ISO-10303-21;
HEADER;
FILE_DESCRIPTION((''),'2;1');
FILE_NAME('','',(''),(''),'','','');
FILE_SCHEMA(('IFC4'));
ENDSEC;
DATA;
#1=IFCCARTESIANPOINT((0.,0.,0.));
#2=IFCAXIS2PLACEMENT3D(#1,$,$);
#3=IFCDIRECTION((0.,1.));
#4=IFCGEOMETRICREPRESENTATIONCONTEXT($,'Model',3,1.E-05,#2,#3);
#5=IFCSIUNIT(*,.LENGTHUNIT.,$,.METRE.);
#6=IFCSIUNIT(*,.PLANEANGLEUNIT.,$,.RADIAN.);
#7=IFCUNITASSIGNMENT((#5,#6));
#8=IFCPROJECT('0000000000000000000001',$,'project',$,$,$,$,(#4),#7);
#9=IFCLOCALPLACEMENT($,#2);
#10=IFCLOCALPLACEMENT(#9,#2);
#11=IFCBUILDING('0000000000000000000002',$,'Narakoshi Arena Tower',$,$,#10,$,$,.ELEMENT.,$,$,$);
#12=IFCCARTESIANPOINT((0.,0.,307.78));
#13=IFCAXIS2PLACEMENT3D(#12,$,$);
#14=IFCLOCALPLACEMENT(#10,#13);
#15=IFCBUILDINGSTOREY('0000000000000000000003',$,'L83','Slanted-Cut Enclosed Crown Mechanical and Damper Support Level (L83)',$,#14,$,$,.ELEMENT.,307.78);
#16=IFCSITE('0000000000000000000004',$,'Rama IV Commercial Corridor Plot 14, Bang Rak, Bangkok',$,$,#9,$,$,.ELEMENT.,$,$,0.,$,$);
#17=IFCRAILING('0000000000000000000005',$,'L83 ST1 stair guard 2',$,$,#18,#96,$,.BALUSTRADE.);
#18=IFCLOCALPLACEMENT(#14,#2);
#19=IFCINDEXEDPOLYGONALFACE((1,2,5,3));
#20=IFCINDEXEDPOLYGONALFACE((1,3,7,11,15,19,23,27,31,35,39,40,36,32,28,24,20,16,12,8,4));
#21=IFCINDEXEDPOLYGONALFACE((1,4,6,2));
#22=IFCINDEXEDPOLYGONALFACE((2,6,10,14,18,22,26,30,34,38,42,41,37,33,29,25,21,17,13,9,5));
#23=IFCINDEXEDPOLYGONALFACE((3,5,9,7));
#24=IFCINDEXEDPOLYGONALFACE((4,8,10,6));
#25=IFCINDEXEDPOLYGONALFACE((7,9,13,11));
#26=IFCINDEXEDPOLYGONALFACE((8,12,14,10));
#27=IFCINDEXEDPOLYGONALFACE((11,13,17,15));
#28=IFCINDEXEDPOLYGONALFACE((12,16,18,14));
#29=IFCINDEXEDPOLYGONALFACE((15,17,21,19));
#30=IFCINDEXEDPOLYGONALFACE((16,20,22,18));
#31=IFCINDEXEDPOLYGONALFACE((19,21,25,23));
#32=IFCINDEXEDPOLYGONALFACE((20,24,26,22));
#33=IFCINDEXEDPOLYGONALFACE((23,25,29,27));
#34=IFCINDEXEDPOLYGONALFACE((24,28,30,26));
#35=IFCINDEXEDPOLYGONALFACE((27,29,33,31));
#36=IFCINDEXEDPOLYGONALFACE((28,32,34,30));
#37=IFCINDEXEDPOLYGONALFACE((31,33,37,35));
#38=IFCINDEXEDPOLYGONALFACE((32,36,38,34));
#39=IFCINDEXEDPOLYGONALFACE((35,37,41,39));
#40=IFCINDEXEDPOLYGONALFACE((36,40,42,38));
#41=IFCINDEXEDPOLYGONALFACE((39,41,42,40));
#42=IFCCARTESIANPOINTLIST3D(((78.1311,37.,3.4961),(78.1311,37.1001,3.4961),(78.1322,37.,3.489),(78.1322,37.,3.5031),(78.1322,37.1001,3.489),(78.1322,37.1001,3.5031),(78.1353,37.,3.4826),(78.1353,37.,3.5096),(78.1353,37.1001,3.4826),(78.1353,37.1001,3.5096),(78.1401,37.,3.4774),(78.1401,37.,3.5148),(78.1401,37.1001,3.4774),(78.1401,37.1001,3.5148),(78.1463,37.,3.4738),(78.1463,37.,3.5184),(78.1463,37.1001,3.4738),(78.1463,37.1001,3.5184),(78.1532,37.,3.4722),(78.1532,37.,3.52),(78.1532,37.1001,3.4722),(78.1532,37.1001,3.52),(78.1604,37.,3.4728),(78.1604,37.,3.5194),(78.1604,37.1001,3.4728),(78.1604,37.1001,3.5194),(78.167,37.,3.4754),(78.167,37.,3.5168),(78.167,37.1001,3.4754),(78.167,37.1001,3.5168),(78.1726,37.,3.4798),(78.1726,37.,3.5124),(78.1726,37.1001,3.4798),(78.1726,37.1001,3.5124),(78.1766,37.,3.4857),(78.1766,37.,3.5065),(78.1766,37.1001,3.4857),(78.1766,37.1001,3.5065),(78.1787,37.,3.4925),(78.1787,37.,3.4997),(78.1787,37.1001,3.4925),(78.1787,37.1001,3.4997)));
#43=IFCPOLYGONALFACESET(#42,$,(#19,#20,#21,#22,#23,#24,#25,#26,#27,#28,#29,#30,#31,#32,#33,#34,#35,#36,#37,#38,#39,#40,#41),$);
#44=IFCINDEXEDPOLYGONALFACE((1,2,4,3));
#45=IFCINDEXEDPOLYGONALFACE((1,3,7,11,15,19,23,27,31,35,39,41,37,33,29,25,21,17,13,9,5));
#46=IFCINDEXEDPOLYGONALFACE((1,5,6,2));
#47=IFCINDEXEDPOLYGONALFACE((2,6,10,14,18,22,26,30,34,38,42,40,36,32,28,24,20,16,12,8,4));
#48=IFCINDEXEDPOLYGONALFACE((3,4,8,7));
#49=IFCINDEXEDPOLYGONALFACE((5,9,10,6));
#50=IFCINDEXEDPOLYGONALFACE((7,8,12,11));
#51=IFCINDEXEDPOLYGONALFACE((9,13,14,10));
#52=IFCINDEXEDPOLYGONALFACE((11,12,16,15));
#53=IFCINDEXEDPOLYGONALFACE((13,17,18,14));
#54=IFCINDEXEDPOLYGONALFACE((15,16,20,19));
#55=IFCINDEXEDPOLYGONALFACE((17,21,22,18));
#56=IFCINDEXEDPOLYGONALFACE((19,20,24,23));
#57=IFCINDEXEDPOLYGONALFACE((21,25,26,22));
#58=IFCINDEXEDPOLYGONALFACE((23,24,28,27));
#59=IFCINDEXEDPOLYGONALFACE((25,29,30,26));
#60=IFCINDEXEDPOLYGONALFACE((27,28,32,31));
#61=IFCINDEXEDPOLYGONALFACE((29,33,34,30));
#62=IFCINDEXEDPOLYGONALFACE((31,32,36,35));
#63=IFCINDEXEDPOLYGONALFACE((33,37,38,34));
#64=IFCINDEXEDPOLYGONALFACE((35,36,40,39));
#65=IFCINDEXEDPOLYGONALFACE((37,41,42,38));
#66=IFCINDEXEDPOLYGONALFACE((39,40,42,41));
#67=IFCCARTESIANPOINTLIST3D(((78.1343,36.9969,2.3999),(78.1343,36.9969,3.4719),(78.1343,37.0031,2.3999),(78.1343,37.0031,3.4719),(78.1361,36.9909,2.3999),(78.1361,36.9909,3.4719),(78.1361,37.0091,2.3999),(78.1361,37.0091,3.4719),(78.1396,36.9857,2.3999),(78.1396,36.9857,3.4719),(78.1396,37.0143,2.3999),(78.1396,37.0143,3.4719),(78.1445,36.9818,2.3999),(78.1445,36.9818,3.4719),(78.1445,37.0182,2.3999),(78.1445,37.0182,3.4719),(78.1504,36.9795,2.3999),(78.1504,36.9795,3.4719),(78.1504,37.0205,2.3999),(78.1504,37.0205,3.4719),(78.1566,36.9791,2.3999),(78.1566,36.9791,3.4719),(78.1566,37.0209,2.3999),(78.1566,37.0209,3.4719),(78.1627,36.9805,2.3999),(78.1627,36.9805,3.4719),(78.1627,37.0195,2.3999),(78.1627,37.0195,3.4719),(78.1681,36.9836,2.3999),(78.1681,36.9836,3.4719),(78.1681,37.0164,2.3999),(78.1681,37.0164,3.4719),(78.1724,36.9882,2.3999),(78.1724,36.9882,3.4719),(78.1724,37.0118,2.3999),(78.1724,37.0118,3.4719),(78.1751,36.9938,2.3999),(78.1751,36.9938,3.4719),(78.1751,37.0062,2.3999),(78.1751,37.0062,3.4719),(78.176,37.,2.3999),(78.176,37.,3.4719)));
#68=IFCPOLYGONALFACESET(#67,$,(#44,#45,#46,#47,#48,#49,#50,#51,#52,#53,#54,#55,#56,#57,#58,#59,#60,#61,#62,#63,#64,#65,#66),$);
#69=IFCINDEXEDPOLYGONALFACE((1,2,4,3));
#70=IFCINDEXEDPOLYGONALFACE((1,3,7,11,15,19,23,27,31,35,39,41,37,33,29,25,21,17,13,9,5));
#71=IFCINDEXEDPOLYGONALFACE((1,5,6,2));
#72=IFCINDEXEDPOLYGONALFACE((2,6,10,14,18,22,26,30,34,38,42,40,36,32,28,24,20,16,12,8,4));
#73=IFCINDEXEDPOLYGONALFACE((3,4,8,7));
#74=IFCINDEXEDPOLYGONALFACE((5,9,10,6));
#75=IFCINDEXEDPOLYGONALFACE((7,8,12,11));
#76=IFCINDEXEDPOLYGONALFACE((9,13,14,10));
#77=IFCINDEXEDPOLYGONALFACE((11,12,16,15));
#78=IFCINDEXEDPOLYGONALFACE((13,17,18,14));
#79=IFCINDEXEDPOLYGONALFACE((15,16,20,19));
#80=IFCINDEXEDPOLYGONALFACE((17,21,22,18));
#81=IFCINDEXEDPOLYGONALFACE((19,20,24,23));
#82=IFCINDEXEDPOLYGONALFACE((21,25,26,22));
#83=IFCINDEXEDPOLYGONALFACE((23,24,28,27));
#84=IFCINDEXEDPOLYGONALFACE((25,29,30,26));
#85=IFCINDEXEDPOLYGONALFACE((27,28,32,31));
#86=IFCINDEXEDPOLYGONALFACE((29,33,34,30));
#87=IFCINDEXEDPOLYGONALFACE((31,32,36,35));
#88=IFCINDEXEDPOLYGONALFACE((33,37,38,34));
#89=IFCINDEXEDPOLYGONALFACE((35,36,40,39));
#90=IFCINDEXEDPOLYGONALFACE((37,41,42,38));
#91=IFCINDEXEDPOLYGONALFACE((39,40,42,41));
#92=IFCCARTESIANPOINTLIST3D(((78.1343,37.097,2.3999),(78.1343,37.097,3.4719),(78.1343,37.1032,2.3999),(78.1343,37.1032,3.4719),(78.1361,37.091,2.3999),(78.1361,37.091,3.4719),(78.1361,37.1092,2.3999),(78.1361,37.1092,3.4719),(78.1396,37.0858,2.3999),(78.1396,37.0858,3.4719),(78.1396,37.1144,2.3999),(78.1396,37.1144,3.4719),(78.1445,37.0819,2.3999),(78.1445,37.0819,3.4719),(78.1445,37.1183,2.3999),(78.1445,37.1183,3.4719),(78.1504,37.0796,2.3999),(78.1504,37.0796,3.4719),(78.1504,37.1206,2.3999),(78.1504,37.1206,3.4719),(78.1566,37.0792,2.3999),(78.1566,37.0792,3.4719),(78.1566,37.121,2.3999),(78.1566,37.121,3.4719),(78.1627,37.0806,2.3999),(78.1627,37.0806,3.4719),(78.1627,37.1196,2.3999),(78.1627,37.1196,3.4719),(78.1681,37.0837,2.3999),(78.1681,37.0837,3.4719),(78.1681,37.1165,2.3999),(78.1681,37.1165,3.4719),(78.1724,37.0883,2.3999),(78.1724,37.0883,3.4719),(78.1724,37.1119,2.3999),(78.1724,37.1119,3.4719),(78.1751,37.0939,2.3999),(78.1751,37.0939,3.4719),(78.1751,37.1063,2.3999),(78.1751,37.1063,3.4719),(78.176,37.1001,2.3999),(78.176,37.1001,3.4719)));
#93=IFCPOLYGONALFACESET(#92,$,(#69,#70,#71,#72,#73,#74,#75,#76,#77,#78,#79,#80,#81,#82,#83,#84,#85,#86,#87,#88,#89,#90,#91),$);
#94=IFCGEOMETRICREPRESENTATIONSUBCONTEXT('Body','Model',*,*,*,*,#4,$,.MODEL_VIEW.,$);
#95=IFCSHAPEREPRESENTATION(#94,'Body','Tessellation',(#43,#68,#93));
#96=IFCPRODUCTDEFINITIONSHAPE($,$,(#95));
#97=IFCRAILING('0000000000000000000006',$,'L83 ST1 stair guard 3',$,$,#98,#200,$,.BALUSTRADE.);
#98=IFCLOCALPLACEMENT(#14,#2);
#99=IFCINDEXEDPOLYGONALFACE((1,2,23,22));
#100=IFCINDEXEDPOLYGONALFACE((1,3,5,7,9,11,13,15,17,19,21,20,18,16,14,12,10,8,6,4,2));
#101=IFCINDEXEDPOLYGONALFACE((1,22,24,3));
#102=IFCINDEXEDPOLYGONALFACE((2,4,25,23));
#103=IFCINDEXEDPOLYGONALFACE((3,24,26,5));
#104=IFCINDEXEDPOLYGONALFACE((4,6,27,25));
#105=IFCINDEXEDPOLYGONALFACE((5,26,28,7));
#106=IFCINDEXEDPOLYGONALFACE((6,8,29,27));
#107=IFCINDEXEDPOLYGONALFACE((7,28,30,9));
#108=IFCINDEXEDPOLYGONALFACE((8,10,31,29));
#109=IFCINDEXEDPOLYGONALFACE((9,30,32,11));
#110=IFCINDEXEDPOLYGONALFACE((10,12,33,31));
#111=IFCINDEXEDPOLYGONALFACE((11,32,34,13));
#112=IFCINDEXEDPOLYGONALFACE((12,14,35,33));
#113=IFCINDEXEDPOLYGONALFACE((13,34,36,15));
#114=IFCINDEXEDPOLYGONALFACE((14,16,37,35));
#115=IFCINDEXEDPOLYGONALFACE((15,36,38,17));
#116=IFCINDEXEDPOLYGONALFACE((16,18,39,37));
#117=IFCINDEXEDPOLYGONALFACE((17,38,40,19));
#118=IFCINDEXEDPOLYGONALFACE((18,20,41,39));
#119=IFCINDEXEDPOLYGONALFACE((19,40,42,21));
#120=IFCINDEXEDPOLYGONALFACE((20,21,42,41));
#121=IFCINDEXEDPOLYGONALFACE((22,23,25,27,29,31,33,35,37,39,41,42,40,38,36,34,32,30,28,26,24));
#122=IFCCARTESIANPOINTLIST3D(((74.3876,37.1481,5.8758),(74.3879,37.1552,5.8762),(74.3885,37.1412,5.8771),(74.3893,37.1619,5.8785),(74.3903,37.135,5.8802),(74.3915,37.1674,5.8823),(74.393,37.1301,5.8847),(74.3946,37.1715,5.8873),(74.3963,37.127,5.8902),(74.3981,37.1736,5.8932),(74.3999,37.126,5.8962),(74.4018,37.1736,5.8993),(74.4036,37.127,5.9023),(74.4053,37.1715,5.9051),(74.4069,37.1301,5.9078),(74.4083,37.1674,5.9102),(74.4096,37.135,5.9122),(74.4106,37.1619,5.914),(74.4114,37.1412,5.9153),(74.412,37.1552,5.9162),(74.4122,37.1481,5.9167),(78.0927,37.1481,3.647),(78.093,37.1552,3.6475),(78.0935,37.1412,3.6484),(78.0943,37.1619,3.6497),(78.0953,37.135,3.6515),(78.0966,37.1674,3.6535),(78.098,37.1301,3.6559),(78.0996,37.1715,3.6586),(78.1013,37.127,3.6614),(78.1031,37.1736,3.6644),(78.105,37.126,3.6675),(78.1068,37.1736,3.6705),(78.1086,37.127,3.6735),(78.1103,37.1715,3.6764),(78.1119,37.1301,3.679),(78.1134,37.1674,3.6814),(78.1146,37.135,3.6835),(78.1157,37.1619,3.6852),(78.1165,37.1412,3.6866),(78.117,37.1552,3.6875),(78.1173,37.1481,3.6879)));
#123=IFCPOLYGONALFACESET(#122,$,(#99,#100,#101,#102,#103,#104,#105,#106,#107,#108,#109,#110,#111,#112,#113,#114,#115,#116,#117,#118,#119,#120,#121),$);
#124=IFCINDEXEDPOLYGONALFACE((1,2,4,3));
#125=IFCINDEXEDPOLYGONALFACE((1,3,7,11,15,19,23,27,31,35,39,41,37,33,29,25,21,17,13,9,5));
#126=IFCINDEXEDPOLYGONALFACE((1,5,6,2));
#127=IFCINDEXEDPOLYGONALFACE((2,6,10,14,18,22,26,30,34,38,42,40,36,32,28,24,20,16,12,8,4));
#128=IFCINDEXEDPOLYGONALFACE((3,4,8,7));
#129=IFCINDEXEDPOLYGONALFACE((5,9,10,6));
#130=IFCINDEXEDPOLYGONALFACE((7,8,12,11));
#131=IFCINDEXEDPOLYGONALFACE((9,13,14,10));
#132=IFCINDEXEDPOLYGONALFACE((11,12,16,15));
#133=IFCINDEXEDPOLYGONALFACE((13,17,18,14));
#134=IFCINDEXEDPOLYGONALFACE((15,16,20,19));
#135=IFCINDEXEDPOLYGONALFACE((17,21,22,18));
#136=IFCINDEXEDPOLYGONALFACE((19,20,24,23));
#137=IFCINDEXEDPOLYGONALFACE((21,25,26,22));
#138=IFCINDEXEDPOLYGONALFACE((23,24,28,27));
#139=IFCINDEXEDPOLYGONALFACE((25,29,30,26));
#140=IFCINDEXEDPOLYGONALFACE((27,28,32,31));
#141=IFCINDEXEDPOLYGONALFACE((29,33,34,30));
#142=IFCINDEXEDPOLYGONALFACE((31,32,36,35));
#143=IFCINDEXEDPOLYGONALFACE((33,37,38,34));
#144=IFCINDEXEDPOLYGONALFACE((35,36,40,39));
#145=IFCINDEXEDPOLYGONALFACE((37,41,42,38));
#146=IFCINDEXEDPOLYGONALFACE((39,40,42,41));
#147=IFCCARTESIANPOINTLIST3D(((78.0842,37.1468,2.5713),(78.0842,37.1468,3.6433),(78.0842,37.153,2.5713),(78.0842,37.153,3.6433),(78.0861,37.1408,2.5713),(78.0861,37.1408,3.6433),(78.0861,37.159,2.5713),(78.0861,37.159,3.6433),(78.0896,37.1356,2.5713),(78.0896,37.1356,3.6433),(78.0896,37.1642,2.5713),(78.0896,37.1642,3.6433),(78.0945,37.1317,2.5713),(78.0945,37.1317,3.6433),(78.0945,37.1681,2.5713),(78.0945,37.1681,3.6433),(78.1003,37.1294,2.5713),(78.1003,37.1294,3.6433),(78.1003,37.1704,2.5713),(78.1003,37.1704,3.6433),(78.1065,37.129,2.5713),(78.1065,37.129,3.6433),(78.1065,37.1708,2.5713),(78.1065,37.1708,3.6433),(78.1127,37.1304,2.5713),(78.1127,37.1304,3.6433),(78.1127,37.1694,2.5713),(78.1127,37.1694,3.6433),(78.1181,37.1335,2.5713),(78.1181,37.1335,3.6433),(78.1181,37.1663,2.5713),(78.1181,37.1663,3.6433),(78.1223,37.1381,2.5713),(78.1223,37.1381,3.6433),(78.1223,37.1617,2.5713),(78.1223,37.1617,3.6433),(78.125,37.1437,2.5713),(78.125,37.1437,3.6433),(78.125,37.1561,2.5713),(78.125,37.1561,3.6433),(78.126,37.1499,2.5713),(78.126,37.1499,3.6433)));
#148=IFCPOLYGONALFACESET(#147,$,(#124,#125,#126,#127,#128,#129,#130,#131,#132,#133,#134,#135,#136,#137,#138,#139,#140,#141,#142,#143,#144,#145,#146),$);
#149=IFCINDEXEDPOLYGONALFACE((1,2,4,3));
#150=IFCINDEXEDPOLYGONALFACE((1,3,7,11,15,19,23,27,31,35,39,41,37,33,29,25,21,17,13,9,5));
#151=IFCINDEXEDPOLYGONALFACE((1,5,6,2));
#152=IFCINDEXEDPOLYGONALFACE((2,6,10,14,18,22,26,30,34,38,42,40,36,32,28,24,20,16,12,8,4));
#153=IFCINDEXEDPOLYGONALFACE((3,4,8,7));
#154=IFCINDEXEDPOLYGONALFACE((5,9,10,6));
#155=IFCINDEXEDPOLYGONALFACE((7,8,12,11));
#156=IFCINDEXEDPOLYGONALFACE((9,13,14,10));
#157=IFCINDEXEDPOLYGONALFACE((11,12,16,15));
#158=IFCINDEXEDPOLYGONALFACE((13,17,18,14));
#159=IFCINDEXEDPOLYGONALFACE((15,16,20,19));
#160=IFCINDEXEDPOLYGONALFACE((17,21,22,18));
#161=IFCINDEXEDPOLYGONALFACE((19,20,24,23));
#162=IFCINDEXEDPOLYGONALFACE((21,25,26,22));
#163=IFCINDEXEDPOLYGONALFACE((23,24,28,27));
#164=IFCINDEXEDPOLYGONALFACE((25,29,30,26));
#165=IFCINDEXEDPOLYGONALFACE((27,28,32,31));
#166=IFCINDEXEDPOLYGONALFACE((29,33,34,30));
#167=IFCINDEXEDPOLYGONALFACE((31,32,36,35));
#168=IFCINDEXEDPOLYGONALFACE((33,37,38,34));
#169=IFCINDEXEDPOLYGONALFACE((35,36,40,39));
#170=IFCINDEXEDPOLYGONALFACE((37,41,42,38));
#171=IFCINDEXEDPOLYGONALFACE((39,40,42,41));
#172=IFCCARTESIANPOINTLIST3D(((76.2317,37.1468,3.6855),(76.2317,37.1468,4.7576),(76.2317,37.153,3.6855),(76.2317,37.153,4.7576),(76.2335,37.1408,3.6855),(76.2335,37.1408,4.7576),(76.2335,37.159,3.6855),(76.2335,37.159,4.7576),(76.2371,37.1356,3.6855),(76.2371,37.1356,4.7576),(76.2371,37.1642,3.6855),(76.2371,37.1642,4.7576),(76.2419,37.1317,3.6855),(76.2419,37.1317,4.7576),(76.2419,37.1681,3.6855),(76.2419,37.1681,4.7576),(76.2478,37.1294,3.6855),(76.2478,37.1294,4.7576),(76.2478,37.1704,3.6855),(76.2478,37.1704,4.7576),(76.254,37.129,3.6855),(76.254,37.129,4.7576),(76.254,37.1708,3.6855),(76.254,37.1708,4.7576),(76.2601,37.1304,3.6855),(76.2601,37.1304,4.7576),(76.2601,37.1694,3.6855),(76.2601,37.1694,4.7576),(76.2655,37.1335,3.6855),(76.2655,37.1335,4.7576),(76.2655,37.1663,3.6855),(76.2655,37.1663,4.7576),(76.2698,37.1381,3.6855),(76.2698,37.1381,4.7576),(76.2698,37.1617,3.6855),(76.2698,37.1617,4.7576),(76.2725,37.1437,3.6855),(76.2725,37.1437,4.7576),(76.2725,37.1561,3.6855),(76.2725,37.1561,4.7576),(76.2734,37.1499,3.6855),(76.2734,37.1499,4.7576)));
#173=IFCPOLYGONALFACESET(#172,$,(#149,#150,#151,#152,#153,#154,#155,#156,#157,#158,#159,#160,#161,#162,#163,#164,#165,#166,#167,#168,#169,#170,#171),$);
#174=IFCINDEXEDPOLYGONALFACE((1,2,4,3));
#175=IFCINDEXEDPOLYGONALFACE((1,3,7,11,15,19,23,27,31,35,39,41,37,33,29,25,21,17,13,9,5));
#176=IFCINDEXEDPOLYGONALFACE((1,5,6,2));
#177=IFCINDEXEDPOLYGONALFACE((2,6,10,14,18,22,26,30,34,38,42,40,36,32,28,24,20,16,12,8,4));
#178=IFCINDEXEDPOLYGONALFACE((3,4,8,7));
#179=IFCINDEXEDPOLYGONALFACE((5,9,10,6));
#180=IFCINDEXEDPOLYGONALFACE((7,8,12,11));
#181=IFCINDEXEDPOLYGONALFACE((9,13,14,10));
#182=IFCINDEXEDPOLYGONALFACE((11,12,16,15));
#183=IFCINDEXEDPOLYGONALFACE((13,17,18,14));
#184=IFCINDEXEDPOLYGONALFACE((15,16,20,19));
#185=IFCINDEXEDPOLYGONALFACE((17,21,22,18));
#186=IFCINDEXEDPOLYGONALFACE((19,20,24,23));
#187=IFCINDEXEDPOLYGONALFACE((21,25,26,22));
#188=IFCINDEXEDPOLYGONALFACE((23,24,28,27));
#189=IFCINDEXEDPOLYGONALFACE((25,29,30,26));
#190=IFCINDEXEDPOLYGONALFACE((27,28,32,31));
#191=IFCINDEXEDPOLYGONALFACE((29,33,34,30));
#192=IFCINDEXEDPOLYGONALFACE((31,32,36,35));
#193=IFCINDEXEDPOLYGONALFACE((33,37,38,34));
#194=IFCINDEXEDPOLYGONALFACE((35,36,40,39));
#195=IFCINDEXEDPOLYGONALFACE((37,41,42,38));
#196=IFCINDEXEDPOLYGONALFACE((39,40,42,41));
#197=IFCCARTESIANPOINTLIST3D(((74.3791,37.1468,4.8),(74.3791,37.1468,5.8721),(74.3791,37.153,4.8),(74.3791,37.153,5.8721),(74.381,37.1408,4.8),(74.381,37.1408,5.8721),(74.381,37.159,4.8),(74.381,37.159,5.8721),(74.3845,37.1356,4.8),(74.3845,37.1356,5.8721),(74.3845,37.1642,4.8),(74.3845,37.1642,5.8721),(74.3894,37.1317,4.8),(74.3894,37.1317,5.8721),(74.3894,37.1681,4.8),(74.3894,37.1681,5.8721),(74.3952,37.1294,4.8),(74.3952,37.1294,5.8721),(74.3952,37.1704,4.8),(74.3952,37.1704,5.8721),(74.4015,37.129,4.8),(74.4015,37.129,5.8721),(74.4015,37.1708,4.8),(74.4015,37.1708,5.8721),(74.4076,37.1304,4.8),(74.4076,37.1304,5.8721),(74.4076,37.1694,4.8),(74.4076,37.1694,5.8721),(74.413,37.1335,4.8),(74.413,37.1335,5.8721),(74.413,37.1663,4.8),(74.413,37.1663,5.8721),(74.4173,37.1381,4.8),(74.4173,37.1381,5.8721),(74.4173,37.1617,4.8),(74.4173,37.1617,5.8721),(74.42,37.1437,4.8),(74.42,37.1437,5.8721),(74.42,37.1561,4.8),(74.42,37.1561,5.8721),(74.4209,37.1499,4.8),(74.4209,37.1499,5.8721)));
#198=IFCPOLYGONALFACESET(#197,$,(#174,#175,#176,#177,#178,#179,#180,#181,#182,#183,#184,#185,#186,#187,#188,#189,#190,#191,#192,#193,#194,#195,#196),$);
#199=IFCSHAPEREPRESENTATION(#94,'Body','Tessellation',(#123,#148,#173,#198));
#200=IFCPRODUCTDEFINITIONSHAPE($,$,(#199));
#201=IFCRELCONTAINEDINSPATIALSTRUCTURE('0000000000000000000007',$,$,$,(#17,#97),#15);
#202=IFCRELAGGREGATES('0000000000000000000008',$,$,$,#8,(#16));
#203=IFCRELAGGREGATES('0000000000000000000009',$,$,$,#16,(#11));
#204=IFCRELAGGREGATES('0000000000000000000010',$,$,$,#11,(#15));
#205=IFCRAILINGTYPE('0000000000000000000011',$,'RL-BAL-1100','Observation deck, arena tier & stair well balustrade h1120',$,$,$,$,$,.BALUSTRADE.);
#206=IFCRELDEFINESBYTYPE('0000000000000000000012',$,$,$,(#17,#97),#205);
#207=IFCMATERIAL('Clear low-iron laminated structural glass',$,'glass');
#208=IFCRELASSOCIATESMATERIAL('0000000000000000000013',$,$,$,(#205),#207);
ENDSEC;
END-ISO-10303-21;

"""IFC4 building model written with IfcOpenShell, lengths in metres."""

from ifc_helpers import new_model, si_unit, direction, frame, origin, origin_2d, place, context, subcontext, project, spatial, circle, extrude, material, type_object, element, save


model = new_model("IFC4")

# Units and contexts
model_context = context("Model", 3, precision=1e-05, world=origin(), true_north=direction((0.0, 1.0)))
body_context = subcontext(model_context, "Body", "Model", "MODEL_VIEW")
ifc_project = project(units=[si_unit("LENGTHUNIT", "METRE"), si_unit("PLANEANGLEUNIT", "RADIAN")], contexts=[model_context])

# Site, building, storey
site_placement = place(None, origin())
site = spatial("IfcSite", under=ifc_project, at=site_placement, Name="Rama IV Commercial Corridor Plot 14, Bang Rak, Bangkok", CompositionType="ELEMENT", RefElevation=0.0)
building_placement = place(site_placement, origin())
building = spatial("IfcBuilding", under=site, at=building_placement, Name="Narakoshi Arena Tower", CompositionType="ELEMENT")
storey_placement = place(building_placement, frame((0.0, 0.0, 307.78)))
storey = spatial("IfcBuildingStorey", under=building, at=storey_placement, Name="L83", Description="Slanted-Cut Enclosed Crown Mechanical and Damper Support Level (L83)", CompositionType="ELEMENT", Elevation=307.78)

# Railings
ifc_material_1 = material(Name="Clear low-iron laminated structural glass", Category="glass")
railing_type_1 = type_object("IfcRailingType", Name="RL-BAL-1100", Description="Observation deck, arena tier & stair well balustrade h1120", PredefinedType="BALUSTRADE", material=ifc_material_1)
railing_1_placement = place(storey_placement, frame((78.155, 37.0, 2.3999)))
element("IfcRailing", 1, at=railing_1_placement, inside=storey, type_object=railing_type_1, Name="L83 ST1 stair guard 2", PredefinedType="BALUSTRADE", context=body_context, shape_type="SweptSolid", body=[
    extrude(circle(Radius=0.0239, at=origin_2d()), frame((0.0, 0.0, 1.0962), z_axis=(0.0, 1.0, 0.0), x_axis=(-1.0, 0.0, 0.0)), (0.0, 0.0, 1.0), 0.1001),
    extrude(circle(Radius=0.021, at=origin_2d()), origin(), (0.0, 0.0, 1.0), 1.072),
    extrude(circle(Radius=0.021, at=origin_2d()), frame((0.0, 0.1001, 0.0)), (0.0, 0.0, 1.0), 1.072),
])
railing_2_placement = place(storey_placement, frame((78.105, 37.1499, 2.5713)))
element("IfcRailing", 2, at=railing_2_placement, inside=storey, type_object=railing_type_1, Name="L83 ST1 stair guard 3", PredefinedType="BALUSTRADE", context=body_context, shape_type="SweptSolid", body=[
    extrude(circle(Radius=0.0239, at=origin_2d()), frame((0.0, 0.0, 1.0962), z_axis=(-0.856909, 0.0, 0.515467), x_axis=(0.0, -1.0, 0.0)), (0.0, 0.0, 1.0), 4.3237),
    extrude(circle(Radius=0.021, at=origin_2d()), origin(), (0.0, 0.0, 1.0), 1.072),
    extrude(circle(Radius=0.021, at=origin_2d()), frame((-1.8525, 0.0, 1.1143)), (0.0, 0.0, 1.0), 1.072),
    extrude(circle(Radius=0.021, at=origin_2d()), frame((-3.7051, 0.0, 2.2288)), (0.0, 0.0, 1.0), 1.072),
])

save(model, "model.ifc")
